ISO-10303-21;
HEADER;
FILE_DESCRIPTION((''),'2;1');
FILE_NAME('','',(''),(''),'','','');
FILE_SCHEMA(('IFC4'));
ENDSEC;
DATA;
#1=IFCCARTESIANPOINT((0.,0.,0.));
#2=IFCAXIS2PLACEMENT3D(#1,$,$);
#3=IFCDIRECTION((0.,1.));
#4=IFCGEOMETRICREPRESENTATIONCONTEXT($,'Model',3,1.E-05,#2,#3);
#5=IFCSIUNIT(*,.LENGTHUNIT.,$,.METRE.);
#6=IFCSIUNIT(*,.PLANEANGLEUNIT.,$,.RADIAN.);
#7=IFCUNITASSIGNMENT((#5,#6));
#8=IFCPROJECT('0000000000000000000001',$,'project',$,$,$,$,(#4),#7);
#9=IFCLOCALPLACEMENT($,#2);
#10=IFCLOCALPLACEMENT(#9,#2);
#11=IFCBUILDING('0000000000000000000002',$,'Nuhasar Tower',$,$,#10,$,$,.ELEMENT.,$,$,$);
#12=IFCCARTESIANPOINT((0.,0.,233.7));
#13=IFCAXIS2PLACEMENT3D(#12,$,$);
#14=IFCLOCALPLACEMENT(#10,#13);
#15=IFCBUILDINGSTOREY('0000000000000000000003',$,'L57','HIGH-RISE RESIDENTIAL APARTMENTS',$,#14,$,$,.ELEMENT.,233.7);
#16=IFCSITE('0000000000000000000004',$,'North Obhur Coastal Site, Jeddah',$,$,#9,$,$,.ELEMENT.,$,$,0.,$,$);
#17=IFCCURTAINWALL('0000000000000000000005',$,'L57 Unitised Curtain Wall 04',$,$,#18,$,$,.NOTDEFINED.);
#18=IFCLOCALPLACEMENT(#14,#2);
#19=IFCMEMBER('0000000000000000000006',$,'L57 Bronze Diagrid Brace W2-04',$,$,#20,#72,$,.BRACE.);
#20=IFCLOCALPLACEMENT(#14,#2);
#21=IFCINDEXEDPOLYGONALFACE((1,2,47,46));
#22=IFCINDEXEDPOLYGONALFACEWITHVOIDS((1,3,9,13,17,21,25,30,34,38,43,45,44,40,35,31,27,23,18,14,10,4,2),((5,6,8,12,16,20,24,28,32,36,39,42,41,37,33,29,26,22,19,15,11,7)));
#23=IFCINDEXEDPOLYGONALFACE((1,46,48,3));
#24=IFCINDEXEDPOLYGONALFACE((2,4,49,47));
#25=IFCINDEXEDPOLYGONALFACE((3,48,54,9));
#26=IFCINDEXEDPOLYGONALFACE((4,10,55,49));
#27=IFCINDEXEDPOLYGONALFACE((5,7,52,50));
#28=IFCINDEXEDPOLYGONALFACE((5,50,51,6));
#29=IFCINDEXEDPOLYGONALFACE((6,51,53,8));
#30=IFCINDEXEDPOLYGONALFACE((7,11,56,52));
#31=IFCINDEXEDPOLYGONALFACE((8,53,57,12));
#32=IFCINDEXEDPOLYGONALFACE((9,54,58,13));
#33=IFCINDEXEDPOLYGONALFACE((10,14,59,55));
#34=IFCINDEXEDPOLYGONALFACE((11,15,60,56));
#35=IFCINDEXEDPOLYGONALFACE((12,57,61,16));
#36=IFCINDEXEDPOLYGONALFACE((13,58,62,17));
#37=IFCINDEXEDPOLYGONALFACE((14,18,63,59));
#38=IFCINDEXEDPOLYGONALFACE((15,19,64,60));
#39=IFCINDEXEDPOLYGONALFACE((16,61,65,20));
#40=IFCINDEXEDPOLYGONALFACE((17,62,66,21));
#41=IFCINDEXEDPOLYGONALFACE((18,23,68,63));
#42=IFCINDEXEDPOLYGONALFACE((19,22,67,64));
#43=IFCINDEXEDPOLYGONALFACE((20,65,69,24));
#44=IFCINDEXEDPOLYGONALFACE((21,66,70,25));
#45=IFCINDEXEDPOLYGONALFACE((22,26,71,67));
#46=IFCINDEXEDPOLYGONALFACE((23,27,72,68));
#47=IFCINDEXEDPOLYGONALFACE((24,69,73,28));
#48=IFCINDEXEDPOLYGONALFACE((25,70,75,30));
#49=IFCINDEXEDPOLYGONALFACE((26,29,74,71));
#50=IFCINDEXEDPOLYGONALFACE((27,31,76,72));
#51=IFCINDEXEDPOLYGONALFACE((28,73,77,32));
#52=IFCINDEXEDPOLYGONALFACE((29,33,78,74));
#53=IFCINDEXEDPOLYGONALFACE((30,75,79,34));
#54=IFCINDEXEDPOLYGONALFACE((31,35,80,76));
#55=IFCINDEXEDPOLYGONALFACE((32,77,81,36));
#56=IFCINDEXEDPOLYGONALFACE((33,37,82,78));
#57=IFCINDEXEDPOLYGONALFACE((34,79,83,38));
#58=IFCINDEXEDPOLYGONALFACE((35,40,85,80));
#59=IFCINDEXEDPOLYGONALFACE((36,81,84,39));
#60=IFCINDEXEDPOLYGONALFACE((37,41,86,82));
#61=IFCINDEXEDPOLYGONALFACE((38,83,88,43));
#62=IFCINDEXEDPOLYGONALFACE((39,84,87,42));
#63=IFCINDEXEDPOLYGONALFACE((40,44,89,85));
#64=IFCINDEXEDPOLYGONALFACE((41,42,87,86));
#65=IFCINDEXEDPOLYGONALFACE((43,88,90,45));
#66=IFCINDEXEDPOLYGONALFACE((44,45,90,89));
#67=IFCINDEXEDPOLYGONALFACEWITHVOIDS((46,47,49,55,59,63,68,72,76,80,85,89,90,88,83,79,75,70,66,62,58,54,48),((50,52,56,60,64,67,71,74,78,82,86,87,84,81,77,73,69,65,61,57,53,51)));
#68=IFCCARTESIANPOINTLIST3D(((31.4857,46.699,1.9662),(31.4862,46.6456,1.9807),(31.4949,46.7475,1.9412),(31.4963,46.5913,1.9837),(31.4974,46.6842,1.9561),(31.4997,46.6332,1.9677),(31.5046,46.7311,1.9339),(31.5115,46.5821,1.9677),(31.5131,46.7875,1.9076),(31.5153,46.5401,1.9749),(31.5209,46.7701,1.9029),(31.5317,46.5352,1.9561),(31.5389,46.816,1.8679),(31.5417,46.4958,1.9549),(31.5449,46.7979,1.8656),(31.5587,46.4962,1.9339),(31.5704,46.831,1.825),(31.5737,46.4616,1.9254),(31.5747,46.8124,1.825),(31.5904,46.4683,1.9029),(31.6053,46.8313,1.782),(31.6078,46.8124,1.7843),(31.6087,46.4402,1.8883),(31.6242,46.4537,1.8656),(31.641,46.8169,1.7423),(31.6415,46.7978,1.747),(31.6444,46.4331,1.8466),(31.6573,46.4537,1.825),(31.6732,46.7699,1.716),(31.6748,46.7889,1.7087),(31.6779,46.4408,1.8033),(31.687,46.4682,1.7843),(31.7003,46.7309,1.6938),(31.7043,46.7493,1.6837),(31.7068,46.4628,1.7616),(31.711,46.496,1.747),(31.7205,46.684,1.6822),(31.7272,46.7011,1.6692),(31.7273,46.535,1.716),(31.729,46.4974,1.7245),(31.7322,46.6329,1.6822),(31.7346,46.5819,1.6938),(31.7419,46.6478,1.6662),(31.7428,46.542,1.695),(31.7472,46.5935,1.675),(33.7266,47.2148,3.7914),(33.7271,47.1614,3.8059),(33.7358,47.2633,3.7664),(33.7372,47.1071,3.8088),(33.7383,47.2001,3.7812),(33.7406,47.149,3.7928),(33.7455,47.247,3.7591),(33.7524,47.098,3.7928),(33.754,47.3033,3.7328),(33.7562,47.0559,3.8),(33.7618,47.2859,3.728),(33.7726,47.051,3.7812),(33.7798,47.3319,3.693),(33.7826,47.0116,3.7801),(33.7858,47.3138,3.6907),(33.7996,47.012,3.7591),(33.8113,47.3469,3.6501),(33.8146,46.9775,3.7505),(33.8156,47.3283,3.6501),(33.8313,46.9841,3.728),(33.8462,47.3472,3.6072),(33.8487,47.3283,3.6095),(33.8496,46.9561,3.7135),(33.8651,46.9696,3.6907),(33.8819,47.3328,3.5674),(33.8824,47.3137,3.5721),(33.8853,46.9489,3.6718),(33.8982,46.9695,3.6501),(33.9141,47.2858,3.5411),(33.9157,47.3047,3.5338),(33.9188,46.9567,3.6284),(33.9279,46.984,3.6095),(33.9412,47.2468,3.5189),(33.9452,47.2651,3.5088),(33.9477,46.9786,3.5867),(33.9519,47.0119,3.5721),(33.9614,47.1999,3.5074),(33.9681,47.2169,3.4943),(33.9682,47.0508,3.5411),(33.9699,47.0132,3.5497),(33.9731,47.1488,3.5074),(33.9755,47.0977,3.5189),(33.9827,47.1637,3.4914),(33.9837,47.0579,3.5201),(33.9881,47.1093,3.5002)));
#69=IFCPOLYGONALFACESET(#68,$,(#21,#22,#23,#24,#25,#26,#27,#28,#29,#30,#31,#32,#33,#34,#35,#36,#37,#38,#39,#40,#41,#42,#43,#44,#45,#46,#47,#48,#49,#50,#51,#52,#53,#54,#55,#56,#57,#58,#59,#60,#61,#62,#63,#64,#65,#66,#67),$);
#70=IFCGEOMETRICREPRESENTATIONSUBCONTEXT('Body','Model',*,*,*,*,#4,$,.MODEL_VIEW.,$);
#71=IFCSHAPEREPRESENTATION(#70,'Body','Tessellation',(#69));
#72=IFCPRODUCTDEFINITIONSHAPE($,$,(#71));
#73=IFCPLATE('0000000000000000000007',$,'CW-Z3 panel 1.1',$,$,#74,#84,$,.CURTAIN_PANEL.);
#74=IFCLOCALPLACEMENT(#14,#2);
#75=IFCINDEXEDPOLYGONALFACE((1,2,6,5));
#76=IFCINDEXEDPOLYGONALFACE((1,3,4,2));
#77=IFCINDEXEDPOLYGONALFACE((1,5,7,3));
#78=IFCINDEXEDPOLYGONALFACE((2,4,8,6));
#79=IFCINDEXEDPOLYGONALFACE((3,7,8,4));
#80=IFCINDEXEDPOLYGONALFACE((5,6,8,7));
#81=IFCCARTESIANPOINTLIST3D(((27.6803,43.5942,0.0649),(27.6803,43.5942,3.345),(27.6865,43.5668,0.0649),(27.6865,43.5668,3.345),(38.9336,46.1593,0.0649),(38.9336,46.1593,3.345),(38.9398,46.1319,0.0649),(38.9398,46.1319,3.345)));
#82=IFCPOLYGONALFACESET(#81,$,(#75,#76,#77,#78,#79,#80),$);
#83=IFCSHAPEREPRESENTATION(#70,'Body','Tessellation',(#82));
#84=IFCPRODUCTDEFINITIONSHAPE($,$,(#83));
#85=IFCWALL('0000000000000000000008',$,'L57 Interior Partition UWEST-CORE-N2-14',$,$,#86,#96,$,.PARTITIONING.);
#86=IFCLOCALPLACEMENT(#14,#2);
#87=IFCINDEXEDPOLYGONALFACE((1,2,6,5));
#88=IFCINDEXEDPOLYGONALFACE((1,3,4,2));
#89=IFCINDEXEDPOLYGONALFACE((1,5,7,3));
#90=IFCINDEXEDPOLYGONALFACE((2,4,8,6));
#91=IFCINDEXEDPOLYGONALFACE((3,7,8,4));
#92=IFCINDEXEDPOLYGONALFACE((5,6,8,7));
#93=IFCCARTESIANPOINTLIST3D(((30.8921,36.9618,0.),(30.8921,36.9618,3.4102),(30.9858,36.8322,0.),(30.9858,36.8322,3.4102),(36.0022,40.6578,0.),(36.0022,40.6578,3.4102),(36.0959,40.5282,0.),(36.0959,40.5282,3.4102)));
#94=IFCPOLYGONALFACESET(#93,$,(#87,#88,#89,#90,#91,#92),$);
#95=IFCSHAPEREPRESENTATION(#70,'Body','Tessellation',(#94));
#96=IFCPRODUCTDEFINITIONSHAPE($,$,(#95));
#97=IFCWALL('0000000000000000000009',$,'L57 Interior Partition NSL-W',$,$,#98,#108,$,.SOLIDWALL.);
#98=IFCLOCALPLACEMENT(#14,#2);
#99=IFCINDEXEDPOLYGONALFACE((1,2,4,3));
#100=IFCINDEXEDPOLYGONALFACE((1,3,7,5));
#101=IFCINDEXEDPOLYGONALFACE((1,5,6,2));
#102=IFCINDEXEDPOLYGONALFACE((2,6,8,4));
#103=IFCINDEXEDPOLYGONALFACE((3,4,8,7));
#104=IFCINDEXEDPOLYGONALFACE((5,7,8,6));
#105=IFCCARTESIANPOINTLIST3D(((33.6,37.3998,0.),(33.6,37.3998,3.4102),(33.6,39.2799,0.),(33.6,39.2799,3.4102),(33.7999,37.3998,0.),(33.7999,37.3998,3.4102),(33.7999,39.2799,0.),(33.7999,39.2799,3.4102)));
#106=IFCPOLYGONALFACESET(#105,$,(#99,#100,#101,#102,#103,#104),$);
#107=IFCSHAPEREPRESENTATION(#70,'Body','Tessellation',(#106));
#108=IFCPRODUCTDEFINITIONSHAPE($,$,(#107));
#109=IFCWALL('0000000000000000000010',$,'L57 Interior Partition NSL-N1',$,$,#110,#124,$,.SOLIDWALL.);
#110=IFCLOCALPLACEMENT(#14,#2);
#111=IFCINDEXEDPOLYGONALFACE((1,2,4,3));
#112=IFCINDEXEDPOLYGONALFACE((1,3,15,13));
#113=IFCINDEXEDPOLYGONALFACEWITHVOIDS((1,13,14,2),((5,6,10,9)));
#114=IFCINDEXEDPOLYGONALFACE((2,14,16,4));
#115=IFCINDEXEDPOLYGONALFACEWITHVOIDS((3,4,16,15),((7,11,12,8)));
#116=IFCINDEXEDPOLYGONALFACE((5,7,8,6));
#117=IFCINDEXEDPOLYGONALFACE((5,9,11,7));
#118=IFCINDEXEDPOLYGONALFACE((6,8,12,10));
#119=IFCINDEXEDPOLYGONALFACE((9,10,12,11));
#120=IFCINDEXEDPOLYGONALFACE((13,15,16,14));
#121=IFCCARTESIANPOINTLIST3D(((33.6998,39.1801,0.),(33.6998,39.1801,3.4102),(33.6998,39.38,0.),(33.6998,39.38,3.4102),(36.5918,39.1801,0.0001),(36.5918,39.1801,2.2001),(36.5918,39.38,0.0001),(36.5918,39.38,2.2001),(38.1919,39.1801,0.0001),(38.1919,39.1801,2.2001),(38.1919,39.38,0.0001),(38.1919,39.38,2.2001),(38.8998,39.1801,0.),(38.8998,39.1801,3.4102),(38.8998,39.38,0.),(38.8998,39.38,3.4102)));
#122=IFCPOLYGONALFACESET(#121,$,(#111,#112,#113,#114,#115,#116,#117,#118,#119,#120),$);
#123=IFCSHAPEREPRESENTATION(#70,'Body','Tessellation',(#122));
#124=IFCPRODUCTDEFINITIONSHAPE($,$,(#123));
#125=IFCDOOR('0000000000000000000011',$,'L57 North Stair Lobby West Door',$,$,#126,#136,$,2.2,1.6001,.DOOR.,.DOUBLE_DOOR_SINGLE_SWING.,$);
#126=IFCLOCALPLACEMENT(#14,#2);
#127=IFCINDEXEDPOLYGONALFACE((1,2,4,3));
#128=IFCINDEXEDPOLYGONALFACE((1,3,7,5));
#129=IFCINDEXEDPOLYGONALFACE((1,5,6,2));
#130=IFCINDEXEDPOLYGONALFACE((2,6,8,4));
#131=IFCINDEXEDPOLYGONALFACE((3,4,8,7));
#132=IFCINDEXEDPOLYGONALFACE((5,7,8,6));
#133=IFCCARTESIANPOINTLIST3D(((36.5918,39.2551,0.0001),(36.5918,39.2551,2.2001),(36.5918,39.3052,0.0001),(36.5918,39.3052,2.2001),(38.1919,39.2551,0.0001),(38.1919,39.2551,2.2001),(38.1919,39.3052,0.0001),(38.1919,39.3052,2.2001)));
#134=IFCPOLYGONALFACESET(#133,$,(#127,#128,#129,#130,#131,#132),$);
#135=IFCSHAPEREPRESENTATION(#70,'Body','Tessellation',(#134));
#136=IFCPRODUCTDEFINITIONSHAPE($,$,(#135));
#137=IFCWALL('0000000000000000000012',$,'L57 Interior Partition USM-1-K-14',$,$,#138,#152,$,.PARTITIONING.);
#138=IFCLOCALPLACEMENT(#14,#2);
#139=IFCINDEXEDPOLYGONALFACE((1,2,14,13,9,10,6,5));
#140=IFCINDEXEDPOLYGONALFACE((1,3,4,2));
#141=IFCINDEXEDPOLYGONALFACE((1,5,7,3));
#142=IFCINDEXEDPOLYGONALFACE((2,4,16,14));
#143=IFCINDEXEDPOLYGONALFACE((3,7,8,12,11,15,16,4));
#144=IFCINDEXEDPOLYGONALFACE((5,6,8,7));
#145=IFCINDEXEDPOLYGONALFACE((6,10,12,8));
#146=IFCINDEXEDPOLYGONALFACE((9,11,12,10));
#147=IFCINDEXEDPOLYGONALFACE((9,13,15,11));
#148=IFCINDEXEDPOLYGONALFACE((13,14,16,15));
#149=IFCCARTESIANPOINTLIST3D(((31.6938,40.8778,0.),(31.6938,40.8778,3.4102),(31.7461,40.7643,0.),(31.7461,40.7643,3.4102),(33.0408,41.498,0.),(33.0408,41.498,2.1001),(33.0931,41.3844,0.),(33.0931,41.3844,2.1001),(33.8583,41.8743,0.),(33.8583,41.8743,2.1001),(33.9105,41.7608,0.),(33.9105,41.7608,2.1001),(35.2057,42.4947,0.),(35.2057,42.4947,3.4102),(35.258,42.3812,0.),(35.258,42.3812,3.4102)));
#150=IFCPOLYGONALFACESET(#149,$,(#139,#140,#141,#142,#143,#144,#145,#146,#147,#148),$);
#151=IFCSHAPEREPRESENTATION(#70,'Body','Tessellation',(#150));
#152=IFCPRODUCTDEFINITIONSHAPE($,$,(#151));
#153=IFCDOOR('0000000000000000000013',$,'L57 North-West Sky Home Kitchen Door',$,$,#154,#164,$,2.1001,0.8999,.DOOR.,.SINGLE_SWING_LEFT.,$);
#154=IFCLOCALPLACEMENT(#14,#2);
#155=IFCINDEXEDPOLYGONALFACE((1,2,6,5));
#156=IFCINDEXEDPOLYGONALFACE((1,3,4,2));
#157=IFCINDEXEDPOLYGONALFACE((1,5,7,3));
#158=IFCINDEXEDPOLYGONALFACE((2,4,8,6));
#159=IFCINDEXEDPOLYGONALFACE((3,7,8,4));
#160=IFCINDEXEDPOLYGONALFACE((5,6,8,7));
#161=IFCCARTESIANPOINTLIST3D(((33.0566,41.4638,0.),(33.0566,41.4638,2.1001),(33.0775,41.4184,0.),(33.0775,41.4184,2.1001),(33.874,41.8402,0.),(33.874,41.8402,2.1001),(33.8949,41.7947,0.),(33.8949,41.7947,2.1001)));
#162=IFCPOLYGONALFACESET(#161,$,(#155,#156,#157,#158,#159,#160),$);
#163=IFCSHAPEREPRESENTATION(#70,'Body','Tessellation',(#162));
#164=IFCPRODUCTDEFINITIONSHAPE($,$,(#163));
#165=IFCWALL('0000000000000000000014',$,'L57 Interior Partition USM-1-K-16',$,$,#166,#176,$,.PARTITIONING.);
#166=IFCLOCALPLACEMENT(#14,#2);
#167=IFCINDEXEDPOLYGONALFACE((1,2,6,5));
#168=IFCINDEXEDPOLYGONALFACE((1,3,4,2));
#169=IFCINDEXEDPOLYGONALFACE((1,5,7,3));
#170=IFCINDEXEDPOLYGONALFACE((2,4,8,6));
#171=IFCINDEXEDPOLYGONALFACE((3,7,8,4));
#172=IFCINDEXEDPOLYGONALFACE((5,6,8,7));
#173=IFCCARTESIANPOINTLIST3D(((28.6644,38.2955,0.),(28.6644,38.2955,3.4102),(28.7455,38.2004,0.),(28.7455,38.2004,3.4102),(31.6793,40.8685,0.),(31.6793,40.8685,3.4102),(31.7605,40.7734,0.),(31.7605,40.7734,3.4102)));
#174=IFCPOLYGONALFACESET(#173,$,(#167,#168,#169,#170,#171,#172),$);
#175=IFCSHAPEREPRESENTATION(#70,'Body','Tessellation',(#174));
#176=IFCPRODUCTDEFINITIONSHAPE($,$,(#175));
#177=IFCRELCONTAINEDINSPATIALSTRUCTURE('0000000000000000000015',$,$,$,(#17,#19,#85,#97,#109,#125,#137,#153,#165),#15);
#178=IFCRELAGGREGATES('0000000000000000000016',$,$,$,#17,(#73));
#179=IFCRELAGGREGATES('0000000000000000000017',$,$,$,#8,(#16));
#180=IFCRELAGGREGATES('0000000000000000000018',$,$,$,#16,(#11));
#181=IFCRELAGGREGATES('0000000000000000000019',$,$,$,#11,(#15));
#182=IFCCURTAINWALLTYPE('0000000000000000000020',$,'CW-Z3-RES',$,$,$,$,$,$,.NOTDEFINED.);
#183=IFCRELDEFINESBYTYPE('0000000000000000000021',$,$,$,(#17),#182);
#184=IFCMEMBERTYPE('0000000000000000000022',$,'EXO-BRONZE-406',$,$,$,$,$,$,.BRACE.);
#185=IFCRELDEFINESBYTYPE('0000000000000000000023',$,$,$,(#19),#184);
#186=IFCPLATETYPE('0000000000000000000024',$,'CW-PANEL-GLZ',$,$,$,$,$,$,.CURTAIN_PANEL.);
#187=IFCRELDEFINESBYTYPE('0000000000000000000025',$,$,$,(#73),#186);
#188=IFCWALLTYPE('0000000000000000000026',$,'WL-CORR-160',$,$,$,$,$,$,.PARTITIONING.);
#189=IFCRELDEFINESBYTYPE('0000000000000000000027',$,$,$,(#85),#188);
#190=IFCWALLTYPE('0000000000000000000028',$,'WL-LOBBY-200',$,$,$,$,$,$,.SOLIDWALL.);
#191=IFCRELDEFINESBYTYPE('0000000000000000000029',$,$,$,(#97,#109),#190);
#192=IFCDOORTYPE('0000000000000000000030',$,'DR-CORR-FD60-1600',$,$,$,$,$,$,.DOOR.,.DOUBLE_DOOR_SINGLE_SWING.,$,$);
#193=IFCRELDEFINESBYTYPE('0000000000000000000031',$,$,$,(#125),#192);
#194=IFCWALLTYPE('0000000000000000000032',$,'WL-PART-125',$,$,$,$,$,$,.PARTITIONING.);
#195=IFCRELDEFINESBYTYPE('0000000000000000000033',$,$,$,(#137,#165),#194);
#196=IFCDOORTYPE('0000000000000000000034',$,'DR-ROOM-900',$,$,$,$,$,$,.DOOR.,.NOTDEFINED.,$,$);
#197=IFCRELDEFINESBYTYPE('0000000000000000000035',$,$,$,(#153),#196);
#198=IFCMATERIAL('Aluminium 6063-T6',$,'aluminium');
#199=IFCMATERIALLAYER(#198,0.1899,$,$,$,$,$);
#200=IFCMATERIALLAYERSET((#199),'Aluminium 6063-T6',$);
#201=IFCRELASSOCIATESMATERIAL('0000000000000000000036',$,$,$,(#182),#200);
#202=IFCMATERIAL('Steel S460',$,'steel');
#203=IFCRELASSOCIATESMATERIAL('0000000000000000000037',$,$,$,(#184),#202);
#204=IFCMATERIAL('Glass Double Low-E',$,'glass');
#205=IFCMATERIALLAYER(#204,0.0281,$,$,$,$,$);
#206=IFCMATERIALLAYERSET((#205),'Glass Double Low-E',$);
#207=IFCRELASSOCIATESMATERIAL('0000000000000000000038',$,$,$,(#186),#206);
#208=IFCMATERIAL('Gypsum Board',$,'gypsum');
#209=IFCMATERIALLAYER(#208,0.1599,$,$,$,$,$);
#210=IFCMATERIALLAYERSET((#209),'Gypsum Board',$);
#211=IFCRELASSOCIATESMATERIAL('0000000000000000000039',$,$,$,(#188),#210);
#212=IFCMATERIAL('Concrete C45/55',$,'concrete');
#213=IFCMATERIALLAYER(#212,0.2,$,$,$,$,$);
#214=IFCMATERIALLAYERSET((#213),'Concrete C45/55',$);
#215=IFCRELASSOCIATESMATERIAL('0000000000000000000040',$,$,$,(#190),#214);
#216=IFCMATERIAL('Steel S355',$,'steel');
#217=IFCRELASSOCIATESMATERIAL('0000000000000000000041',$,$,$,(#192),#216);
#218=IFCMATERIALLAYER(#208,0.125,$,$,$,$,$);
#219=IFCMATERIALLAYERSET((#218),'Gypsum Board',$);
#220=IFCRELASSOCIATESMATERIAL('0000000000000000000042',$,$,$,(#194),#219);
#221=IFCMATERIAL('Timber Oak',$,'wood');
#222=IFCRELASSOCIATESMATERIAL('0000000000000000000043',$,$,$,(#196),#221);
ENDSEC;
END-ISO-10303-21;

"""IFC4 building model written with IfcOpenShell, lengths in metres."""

from ifc_helpers import new_model, si_unit, direction, frame, frame_2d, origin, origin_2d, place, context, subcontext, project, spatial, rectangle, hollow_circle, extrude, material, layer, layer_set, material_profile, profile_set, type_object, element, fill, aggregate, save


model = new_model("IFC4")

# Units and contexts
model_context = context("Model", 3, precision=1e-05, world=origin(), true_north=direction((0.0, 1.0)))
body_context = subcontext(model_context, "Body", "Model", "MODEL_VIEW")
ifc_project = project(units=[si_unit("LENGTHUNIT", "METRE"), si_unit("PLANEANGLEUNIT", "RADIAN")], contexts=[model_context])

# Site, building, storey
site_placement = place(None, origin())
site = spatial("IfcSite", under=ifc_project, at=site_placement, Name="North Obhur Coastal Site, Jeddah", CompositionType="ELEMENT", RefElevation=0.0)
building_placement = place(site_placement, origin())
building = spatial("IfcBuilding", under=site, at=building_placement, Name="Nuhasar Tower", CompositionType="ELEMENT")
storey_placement = place(building_placement, frame((0.0, 0.0, 233.7)))
storey = spatial("IfcBuildingStorey", under=building, at=storey_placement, Name="L57", Description="HIGH-RISE RESIDENTIAL APARTMENTS", CompositionType="ELEMENT", Elevation=233.7)

# Shared definitions
ifc_material_1 = material(Name="Steel S355", Category="steel")

# Curtain wall
ifc_material_2 = material(Name="Aluminium 6063-T6", Category="aluminium")
ifc_layer_1 = layer(ifc_material_2, 0.1899)
ifc_layer_set_1 = layer_set([ifc_layer_1], Name="Aluminium 6063-T6")
curtain_wall_type = type_object("IfcCurtainWallType", Name="CW-Z3-RES", PredefinedType="NOTDEFINED", material=ifc_layer_set_1)
curtain_wall_placement = place(storey_placement, origin())
curtain_wall = element("IfcCurtainWall", 1, at=curtain_wall_placement, inside=storey, type_object=curtain_wall_type, Name="L57 Unitised Curtain Wall 04", PredefinedType="NOTDEFINED")

# Member
ifc_material_3 = material(Name="Steel S460", Category="steel")
ifc_material_profile_1 = material_profile(ifc_material_3, hollow_circle(Radius=0.2031, WallThickness=0.019, at=origin_2d()), Name="HSS406.4X19.1")
ifc_profile_set_1 = profile_set([ifc_material_profile_1], Name="Steel S460")
member_type_1 = type_object("IfcMemberType", Name="EXO-BRONZE-406", PredefinedType="BRACE", material=ifc_profile_set_1)
for number, where, z_axis, x_axis, name in (
    (2, (31.616, 46.6331, 1.825), (0.763303, 0.175712, 0.621686), (-0.224332, 0.974513, 0.0), "L57 Bronze Diagrid Brace W2-04"),
):
    element("IfcMember", number, at=place(storey_placement, frame(where, z_axis=z_axis, x_axis=x_axis)), inside=storey, type_object=member_type_1, Name=name, PredefinedType="BRACE", context=body_context, shape_type="SweptSolid", body=[
        extrude(hollow_circle(Radius=0.2031, WallThickness=0.019, at=origin_2d()), origin(), (0.0, 0.0, 1.0), 2.9358),
    ])

# Plate
ifc_material_4 = material(Name="Glass Double Low-E", Category="glass")
ifc_layer_2 = layer(ifc_material_4, 0.0281)
ifc_layer_set_2 = layer_set([ifc_layer_2], Name="Glass Double Low-E")
plate_type = type_object("IfcPlateType", Name="CW-PANEL-GLZ", PredefinedType="CURTAIN_PANEL", material=ifc_layer_set_2)
plate_placement = place(storey_placement, frame((33.3101, 44.863, 0.0649), z_axis=(0.0, 0.0, 1.0), x_axis=(-0.974991, -0.222243, 0.0)))
plate = element("IfcPlate", 3, at=plate_placement, type_object=plate_type, Name="CW-Z3 panel 1.1", PredefinedType="CURTAIN_PANEL", context=body_context, shape_type="SweptSolid", body=[
    extrude(rectangle(XDim=11.542, YDim=0.0281, at=origin_2d()), origin(), (0.0, 0.0, 1.0), 3.28),
])
aggregate(curtain_wall, [plate])

# Walls
ifc_material_5 = material(Name="Gypsum Board", Category="gypsum")
ifc_layer_3 = layer(ifc_material_5, 0.1599)
ifc_layer_set_3 = layer_set([ifc_layer_3], Name="Gypsum Board")
wall_type_1 = type_object("IfcWallType", Name="WL-CORR-160", PredefinedType="PARTITIONING", material=ifc_layer_set_3)
wall_1_placement = place(storey_placement, frame((36.0491, 40.593, 0.0), z_axis=(0.0, 0.0, 1.0), x_axis=(-0.810272, -0.586054, 0.0)))
element("IfcWall", 4, at=wall_1_placement, inside=storey, type_object=wall_type_1, Name="L57 Interior Partition UWEST-CORE-N2-14", PredefinedType="PARTITIONING", context=body_context, shape_type="SweptSolid", body=[
    extrude(rectangle(XDim=6.3066, YDim=0.1599, at=frame_2d((3.1533, 0.0))), origin(), (0.0, 0.0, 1.0), 3.4102),
])
ifc_material_6 = material(Name="Concrete C45/55", Category="concrete")
ifc_layer_4 = layer(ifc_material_6, 0.2)
ifc_layer_set_4 = layer_set([ifc_layer_4], Name="Concrete C45/55")
wall_type_2 = type_object("IfcWallType", Name="WL-LOBBY-200", PredefinedType="SOLIDWALL", material=ifc_layer_set_4)
wall_2_placement = place(storey_placement, frame((33.7, 37.3999, 0.0), z_axis=(0.0, 0.0, 1.0), x_axis=(0.0, 1.0, 0.0)))
element("IfcWall", 5, at=wall_2_placement, inside=storey, type_object=wall_type_2, Name="L57 Interior Partition NSL-W", PredefinedType="SOLIDWALL", context=body_context, shape_type="SweptSolid", body=[
    extrude(rectangle(XDim=1.8801, YDim=0.2, at=frame_2d((0.9399, 0.0))), origin(), (0.0, 0.0, 1.0), 3.4102),
])

# Walls, openings, doors
wall_3_placement = place(storey_placement, frame((38.8999, 39.28, 0.0), z_axis=(0.0, 0.0, 1.0), x_axis=(-1.0, 0.0, 0.0)))
wall_3 = element("IfcWall", 6, at=wall_3_placement, inside=storey, type_object=wall_type_2, Name="L57 Interior Partition NSL-N1", PredefinedType="SOLIDWALL", context=body_context, shape_type="SweptSolid", body=[
    extrude(rectangle(XDim=5.2, YDim=0.2, at=frame_2d((2.6001, 0.0))), origin(), (0.0, 0.0, 1.0), 3.4102),
])
opening_1_placement = place(wall_3_placement, frame((0.708, 0.0, 0.0)))
opening_1 = element("IfcOpeningElement", 7, at=opening_1_placement, cuts=wall_3, PredefinedType="OPENING", context=body_context, shape_type="SweptSolid", body=[
    extrude(rectangle(XDim=1.6001, YDim=2.2, at=frame_2d((0.8, 1.1001))), frame((0.0, 0.1099, 0.0), z_axis=(0.0, -1.0, 0.0), x_axis=(1.0, 0.0, 0.0)), (0.0, 0.0, 1.0), 0.22),
])
door_type_1 = type_object("IfcDoorType", Name="DR-CORR-FD60-1600", OperationType="DOUBLE_DOOR_SINGLE_SWING", PredefinedType="DOOR", material=ifc_material_1)
door_1_placement = place(opening_1_placement, origin())
door_1 = element("IfcDoor", 8, at=door_1_placement, inside=storey, type_object=door_type_1, Name="L57 North Stair Lobby West Door", OperationType="DOUBLE_DOOR_SINGLE_SWING", OverallHeight=2.2, OverallWidth=1.6001, PredefinedType="DOOR", context=body_context, shape_type="SweptSolid", body=[
    extrude(rectangle(XDim=1.6001, YDim=2.2, at=frame_2d((0.8, 1.1001))), frame((0.0, 0.0249, 0.0), z_axis=(0.0, -1.0, 0.0), x_axis=(1.0, 0.0, 0.0)), (0.0, 0.0, 1.0), 0.05),
])
fill(opening_1, door_1)
ifc_layer_5 = layer(ifc_material_5, 0.125)
ifc_layer_set_5 = layer_set([ifc_layer_5], Name="Gypsum Board")
wall_type_3 = type_object("IfcWallType", Name="WL-PART-125", PredefinedType="PARTITIONING", material=ifc_layer_set_5)
wall_4_placement = place(storey_placement, frame((31.72, 40.821, 0.0), z_axis=(0.0, 0.0, 1.0), x_axis=(0.908349, 0.418213, 0.0)))
wall_4 = element("IfcWall", 9, at=wall_4_placement, inside=storey, type_object=wall_type_3, Name="L57 Interior Partition USM-1-K-14", PredefinedType="PARTITIONING", context=body_context, shape_type="SweptSolid", body=[
    extrude(rectangle(XDim=3.8662, YDim=0.125, at=frame_2d((1.9331, 0.0))), origin(), (0.0, 0.0, 1.0), 3.4102),
])
opening_2_placement = place(wall_4_placement, frame((1.4829, 0.0, 0.0)))
opening_2 = element("IfcOpeningElement", 10, at=opening_2_placement, cuts=wall_4, PredefinedType="OPENING", context=body_context, shape_type="SweptSolid", body=[
    extrude(rectangle(XDim=0.8999, YDim=2.1001, at=frame_2d((0.45, 1.05))), frame((0.0, 0.0725, 0.0), z_axis=(0.0, -1.0, 0.0), x_axis=(1.0, 0.0, 0.0)), (0.0, 0.0, 1.0), 0.145),
])
ifc_material_7 = material(Name="Timber Oak", Category="wood")
door_type_2 = type_object("IfcDoorType", Name="DR-ROOM-900", OperationType="NOTDEFINED", PredefinedType="DOOR", material=ifc_material_7)
door_2_placement = place(opening_2_placement, origin())
door_2 = element("IfcDoor", 11, at=door_2_placement, inside=storey, type_object=door_type_2, Name="L57 North-West Sky Home Kitchen Door", OperationType="SINGLE_SWING_LEFT", OverallHeight=2.1001, OverallWidth=0.8999, PredefinedType="DOOR", context=body_context, shape_type="SweptSolid", body=[
    extrude(rectangle(XDim=0.8999, YDim=2.1001, at=frame_2d((0.45, 1.05))), frame((0.0, 0.0249, 0.0), z_axis=(0.0, -1.0, 0.0), x_axis=(1.0, 0.0, 0.0)), (0.0, 0.0, 1.0), 0.05),
])
fill(opening_2, door_2)

# Wall
wall_5_placement = place(storey_placement, frame((31.72, 40.821, 0.0), z_axis=(0.0, 0.0, 1.0), x_axis=(-0.760651, -0.649162, 0.0)))
element("IfcWall", 12, at=wall_5_placement, inside=storey, type_object=wall_type_3, Name="L57 Interior Partition USM-1-K-16", PredefinedType="PARTITIONING", context=body_context, shape_type="SweptSolid", body=[
    extrude(rectangle(XDim=3.9636, YDim=0.125, at=frame_2d((1.9819, 0.0))), origin(), (0.0, 0.0, 1.0), 3.4102),
])

save(model, "model.ifc")
